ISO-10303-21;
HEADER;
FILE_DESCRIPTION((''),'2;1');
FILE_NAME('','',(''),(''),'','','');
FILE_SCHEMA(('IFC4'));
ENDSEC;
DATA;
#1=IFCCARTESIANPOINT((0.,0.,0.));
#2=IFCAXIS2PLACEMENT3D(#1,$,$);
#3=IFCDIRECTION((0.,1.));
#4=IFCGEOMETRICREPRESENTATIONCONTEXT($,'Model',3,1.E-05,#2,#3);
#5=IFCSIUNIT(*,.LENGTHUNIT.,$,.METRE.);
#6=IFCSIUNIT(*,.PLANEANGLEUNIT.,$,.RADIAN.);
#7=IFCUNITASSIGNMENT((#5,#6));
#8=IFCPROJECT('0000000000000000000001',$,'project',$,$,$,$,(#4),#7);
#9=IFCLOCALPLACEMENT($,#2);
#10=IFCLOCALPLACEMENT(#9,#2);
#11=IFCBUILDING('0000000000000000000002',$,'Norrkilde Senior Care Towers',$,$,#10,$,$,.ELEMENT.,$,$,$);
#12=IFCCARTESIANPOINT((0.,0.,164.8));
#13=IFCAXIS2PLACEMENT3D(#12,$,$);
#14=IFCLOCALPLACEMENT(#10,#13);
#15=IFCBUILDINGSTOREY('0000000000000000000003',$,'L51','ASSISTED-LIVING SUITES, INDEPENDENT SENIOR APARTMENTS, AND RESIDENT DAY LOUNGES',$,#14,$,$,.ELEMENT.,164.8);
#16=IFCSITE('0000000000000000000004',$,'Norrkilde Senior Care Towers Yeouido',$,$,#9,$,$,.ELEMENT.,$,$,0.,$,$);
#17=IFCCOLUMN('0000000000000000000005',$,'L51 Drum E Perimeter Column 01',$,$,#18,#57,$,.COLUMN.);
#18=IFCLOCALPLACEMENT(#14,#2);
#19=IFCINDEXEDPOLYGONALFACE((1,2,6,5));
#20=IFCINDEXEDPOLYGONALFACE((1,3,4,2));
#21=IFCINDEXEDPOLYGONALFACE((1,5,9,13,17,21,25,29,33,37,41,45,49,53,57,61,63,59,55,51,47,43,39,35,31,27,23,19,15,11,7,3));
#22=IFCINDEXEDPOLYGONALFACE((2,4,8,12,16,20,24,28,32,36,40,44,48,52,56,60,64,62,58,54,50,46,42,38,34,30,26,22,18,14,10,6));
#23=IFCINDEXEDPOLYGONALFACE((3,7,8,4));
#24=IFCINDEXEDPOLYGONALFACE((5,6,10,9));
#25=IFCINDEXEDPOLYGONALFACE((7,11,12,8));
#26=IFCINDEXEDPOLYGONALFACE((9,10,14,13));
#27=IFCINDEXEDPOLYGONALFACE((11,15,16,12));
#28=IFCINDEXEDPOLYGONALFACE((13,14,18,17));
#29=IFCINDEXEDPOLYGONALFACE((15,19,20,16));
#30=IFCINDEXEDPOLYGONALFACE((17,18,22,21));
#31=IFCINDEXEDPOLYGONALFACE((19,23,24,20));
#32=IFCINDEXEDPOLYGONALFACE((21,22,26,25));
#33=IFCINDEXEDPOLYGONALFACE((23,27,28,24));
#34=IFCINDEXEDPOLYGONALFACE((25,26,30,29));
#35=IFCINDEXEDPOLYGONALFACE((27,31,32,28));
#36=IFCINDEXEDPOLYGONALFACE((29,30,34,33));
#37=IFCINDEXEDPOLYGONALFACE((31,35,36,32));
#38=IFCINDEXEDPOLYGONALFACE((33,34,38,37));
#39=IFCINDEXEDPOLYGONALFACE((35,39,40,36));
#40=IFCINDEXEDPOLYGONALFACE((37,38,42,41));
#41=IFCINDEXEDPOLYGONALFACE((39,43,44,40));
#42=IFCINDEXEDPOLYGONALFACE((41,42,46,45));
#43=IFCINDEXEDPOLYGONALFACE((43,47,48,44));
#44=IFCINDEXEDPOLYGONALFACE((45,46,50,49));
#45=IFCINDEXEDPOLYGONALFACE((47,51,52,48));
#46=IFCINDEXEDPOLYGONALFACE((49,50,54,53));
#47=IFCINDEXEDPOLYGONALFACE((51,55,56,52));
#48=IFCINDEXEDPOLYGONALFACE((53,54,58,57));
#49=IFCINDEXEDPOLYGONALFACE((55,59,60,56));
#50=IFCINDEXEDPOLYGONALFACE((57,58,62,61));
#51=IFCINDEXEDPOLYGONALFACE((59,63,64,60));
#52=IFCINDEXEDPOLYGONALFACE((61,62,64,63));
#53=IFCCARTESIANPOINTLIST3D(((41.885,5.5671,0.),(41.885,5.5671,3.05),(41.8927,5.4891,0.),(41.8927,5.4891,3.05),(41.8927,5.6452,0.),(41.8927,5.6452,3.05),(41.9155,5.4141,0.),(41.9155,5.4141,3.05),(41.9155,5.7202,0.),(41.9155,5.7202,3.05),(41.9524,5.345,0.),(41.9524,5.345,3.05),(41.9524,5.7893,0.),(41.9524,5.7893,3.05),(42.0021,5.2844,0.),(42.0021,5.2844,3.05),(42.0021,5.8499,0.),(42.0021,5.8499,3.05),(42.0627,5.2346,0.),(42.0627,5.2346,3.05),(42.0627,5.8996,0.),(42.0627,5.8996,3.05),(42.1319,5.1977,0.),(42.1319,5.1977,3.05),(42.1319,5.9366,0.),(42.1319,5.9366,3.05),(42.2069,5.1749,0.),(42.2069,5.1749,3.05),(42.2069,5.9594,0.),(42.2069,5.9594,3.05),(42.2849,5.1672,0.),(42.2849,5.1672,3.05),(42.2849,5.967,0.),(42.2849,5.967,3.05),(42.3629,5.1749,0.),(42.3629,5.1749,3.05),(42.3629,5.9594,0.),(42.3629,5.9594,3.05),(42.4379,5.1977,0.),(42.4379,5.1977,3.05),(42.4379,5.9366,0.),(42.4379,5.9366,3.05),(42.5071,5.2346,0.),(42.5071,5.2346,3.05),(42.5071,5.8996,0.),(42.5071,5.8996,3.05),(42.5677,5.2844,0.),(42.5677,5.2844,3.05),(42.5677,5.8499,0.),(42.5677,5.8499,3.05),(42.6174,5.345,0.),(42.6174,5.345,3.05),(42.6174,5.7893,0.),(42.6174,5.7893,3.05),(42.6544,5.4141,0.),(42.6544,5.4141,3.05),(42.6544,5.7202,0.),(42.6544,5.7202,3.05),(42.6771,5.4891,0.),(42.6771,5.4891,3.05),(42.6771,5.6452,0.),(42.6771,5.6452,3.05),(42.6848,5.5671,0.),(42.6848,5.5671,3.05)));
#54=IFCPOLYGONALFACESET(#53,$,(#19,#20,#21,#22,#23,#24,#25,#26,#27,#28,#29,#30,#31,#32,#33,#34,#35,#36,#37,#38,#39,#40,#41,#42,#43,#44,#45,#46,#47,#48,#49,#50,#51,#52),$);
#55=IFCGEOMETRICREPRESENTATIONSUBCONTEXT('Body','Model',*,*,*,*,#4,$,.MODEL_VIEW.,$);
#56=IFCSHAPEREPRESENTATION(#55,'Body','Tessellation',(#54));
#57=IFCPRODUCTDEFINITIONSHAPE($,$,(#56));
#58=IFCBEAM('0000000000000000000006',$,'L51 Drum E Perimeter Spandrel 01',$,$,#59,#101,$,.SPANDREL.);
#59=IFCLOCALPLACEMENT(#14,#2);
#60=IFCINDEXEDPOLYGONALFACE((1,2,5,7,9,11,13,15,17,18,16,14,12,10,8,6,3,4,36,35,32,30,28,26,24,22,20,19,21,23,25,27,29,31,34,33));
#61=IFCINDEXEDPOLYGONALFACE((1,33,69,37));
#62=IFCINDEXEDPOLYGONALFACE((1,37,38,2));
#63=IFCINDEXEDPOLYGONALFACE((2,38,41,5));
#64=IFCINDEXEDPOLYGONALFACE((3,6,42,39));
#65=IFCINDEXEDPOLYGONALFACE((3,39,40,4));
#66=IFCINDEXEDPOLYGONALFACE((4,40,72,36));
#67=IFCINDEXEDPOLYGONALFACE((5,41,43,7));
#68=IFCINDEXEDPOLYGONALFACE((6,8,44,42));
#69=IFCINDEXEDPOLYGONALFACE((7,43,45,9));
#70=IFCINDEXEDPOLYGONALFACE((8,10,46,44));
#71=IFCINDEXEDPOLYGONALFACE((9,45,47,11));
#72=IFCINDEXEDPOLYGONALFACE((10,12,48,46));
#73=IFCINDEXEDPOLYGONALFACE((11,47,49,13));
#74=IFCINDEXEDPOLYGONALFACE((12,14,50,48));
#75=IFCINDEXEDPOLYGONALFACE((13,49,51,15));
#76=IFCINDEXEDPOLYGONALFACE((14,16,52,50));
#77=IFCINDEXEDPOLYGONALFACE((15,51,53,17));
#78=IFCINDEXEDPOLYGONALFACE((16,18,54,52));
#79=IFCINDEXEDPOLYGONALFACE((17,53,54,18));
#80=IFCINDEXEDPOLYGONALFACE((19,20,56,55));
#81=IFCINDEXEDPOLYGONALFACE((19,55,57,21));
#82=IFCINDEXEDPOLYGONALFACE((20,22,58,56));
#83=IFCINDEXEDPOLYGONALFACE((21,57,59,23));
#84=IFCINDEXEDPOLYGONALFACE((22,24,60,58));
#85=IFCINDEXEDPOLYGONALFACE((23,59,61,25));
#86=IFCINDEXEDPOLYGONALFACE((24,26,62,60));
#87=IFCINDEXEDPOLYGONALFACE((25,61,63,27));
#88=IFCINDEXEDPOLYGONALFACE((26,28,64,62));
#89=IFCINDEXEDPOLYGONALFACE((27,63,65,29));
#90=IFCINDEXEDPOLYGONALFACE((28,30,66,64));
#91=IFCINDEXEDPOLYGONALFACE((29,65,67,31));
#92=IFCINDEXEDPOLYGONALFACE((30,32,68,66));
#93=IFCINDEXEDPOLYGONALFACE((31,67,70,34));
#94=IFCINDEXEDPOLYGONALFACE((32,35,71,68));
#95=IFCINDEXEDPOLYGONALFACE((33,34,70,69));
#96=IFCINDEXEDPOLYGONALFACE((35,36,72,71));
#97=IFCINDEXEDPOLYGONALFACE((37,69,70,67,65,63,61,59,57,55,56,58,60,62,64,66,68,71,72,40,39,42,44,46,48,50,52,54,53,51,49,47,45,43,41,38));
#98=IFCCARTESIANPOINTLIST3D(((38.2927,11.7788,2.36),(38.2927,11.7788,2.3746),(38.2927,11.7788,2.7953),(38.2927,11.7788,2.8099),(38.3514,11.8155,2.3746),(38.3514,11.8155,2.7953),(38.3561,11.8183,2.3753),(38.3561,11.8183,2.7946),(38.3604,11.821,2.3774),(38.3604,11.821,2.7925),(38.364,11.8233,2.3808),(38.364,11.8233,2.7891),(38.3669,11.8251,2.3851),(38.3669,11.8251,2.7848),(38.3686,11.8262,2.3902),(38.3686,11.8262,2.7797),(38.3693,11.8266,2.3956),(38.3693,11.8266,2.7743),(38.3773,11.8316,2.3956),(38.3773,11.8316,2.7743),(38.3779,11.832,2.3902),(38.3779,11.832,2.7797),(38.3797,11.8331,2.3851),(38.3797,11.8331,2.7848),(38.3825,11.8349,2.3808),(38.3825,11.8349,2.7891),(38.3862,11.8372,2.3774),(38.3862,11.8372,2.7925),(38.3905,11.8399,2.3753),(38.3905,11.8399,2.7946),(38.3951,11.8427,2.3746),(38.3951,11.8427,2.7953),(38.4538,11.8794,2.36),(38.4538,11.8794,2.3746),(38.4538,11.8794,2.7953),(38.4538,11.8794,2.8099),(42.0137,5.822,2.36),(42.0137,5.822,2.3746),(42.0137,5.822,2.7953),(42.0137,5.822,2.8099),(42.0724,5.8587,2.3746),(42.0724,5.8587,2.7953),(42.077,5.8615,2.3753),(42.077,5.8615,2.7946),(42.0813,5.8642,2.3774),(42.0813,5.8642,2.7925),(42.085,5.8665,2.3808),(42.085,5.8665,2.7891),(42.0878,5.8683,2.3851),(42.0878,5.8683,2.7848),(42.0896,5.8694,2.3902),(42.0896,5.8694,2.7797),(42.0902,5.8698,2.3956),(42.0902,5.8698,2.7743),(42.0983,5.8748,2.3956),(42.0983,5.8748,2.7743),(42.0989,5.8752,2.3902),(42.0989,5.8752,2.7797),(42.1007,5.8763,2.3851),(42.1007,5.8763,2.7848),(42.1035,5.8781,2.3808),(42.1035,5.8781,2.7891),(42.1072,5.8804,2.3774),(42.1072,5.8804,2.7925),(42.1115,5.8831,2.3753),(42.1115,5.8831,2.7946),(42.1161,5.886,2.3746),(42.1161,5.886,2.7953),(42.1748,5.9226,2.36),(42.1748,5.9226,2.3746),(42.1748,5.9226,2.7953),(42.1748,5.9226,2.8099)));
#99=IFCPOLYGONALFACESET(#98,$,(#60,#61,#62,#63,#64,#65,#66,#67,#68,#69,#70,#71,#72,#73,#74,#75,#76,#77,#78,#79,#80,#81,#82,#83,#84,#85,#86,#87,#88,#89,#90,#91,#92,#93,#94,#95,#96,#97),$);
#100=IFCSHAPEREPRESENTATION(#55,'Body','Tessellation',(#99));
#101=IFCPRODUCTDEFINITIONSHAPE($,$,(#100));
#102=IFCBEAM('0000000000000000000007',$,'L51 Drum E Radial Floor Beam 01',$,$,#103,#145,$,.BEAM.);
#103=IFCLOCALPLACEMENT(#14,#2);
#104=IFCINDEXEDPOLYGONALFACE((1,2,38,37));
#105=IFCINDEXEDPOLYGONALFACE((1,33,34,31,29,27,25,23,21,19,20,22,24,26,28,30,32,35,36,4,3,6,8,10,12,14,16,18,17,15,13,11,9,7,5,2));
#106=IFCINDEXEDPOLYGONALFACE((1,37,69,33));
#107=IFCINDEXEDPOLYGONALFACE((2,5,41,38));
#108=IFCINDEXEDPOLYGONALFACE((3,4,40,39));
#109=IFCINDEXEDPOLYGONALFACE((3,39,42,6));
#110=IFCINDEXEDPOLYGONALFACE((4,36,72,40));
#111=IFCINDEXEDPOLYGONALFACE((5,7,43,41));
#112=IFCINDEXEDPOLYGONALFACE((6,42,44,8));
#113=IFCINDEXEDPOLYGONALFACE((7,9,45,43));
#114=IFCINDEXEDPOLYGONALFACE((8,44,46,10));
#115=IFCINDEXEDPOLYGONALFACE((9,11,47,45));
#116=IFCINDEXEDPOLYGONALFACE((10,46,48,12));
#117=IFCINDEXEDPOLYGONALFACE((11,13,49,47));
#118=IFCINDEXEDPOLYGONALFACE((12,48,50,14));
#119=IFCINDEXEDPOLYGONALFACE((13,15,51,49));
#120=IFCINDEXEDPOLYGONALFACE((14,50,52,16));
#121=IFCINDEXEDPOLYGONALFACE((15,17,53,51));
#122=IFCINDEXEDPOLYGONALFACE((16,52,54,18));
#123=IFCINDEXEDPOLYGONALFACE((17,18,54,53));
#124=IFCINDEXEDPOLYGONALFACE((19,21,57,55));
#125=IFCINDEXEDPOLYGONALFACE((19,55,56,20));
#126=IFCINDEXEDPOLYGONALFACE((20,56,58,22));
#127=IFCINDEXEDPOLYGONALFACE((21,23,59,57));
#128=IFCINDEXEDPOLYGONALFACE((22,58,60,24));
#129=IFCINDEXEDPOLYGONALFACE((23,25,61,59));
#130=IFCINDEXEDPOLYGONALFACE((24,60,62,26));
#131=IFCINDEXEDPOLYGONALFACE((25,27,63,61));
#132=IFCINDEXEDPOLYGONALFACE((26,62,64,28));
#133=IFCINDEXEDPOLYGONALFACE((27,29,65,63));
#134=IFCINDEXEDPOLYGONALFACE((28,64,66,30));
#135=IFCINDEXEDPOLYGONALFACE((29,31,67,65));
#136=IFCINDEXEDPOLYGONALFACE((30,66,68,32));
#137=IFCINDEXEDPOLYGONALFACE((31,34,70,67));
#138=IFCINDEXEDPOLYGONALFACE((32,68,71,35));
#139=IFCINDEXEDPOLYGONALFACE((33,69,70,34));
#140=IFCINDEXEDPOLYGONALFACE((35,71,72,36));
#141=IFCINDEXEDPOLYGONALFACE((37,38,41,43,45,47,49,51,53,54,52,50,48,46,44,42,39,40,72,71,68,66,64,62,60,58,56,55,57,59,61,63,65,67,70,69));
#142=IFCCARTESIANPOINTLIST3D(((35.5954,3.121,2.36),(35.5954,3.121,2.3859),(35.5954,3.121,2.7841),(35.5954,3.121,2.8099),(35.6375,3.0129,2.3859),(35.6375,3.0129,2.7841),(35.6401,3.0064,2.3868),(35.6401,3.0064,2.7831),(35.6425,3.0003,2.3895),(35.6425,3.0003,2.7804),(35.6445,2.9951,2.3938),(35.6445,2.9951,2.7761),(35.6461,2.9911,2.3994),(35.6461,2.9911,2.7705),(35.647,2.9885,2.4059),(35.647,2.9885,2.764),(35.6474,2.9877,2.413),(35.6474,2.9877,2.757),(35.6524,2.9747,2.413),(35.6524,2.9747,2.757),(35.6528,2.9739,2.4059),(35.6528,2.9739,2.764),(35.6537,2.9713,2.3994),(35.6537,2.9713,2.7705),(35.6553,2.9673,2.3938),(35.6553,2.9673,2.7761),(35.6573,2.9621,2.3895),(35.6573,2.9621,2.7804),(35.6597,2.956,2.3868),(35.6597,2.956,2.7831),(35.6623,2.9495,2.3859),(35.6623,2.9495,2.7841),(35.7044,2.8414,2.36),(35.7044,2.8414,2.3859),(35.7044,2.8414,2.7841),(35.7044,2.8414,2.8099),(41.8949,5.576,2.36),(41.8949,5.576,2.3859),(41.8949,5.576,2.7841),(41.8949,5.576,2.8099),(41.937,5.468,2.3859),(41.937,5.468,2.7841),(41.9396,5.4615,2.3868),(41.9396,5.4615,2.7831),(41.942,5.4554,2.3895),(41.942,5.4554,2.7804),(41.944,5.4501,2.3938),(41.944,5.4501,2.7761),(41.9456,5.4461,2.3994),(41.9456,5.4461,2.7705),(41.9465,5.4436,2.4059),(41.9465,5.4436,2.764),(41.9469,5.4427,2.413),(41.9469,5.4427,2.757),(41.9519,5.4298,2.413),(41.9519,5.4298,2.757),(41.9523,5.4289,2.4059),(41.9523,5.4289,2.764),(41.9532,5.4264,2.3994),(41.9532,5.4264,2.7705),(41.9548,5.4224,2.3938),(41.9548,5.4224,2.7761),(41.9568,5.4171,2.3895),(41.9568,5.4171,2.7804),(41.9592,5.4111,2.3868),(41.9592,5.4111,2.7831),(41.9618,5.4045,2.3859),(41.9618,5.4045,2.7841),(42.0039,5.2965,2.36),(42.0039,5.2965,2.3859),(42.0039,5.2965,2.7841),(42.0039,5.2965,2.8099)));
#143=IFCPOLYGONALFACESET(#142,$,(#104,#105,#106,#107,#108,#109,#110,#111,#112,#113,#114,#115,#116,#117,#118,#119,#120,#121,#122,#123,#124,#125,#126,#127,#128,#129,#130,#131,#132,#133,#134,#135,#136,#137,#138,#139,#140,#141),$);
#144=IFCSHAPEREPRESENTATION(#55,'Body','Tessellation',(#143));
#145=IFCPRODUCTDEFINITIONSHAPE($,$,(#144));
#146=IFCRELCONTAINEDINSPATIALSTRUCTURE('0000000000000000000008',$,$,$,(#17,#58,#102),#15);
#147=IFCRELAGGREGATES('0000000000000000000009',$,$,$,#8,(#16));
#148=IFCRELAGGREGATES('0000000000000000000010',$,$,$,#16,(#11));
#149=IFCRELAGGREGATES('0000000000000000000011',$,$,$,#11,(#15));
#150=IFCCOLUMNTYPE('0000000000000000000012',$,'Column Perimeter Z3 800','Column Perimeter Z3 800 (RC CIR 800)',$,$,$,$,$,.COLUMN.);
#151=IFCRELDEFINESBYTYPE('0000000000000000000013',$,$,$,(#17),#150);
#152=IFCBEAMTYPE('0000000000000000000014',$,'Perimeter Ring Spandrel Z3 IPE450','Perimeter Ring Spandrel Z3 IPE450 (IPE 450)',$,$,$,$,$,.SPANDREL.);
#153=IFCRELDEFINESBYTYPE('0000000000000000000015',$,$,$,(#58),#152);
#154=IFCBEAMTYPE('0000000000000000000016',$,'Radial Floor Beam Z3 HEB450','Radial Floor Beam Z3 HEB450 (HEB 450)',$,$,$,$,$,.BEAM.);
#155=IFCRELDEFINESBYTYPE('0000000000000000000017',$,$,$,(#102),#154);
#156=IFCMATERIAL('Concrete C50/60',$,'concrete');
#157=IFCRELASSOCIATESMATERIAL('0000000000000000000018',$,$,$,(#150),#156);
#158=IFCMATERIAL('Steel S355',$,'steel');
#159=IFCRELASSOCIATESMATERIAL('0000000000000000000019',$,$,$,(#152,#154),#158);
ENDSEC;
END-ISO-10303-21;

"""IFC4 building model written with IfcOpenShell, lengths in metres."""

from ifc_helpers import new_model, si_unit, direction, frame, origin, origin_2d, place, context, subcontext, project, spatial, circle, i_section, extrude, source, transform, mapped, material, material_profile, profile_set, type_object, type_shapes, element, save


model = new_model("IFC4")

# Units and contexts
model_context = context("Model", 3, precision=1e-05, world=origin(), true_north=direction((0.0, 1.0)))
body_context = subcontext(model_context, "Body", "Model", "MODEL_VIEW")
ifc_project = project(units=[si_unit("LENGTHUNIT", "METRE"), si_unit("PLANEANGLEUNIT", "RADIAN")], contexts=[model_context])

# Site, building, storey
site_placement = place(None, origin())
site = spatial("IfcSite", under=ifc_project, at=site_placement, Name="Norrkilde Senior Care Towers Yeouido", CompositionType="ELEMENT", RefElevation=0.0)
building_placement = place(site_placement, origin())
building = spatial("IfcBuilding", under=site, at=building_placement, Name="Norrkilde Senior Care Towers", CompositionType="ELEMENT")
storey_placement = place(building_placement, frame((0.0, 0.0, 164.8)))
storey = spatial("IfcBuildingStorey", under=building, at=storey_placement, Name="L51", Description="ASSISTED-LIVING SUITES, INDEPENDENT SENIOR APARTMENTS, AND RESIDENT DAY LOUNGES", CompositionType="ELEMENT", Elevation=164.8)

# Column
ifc_material_1 = material(Name="Concrete C50/60", Category="concrete")
ifc_material_profile_1 = material_profile(ifc_material_1, circle(Radius=0.3999, at=origin_2d()), Name="RC CIR 800")
ifc_profile_set_1 = profile_set([ifc_material_profile_1], Name="Concrete C50/60")
column_type = type_object("IfcColumnType", Name="Column Perimeter Z3 800", Description="Column Perimeter Z3 800 (RC CIR 800)", PredefinedType="COLUMN", material=ifc_profile_set_1)
shared_shape_1 = source(origin(), body_context, "Body", "SweptSolid", [
    extrude(circle(Radius=0.3999, at=origin_2d()), origin(), (0.0, 0.0, 1.0), 3.05),
])
type_shapes(column_type, [shared_shape_1])
column_placement = place(storey_placement, frame((42.2849, 5.5671, 0.0), z_axis=(0.0, 0.0, 1.0), x_axis=(1.0, 0.0, 0.0)))
element("IfcColumn", 1, at=column_placement, inside=storey, type_object=column_type, Name="L51 Drum E Perimeter Column 01", PredefinedType="COLUMN", context=body_context, shape_type="MappedRepresentation", body=[
    mapped(shared_shape_1, transform((0.0, 0.0, 0.0), x_axis=(1.0, 0.0, 0.0), y_axis=(0.0, 1.0, 0.0), z_axis=(0.0, 0.0, 1.0), scale=1.0)),
])

# Beams
ifc_material_2 = material(Name="Steel S355", Category="steel")
ifc_material_profile_2 = material_profile(ifc_material_2, i_section(OverallWidth=0.1899, OverallDepth=0.45, WebThickness=0.0095, FlangeThickness=0.0146, FilletRadius=0.021, at=origin_2d()), Name="IPE 450")
ifc_profile_set_2 = profile_set([ifc_material_profile_2], Name="Steel S355")
beam_type_1 = type_object("IfcBeamType", Name="Perimeter Ring Spandrel Z3 IPE450", Description="Perimeter Ring Spandrel Z3 IPE450 (IPE 450)", PredefinedType="SPANDREL", material=ifc_profile_set_2)
shared_shape_2 = source(origin(), body_context, "Body", "SweptSolid", [
    extrude(i_section(OverallWidth=0.1899, OverallDepth=0.45, WebThickness=0.0095, FlangeThickness=0.0146, FilletRadius=0.021, at=origin_2d()), origin(), (0.0, 0.0, 1.0), 7.0234),
])
type_shapes(beam_type_1, [shared_shape_2])
beam_1_placement = place(storey_placement, frame((42.0942, 5.8723, 2.585), z_axis=(-0.52979, 0.848129, 0.0), x_axis=(-0.848129, -0.52979, 0.0)))
element("IfcBeam", 2, at=beam_1_placement, inside=storey, type_object=beam_type_1, Name="L51 Drum E Perimeter Spandrel 01", PredefinedType="SPANDREL", context=body_context, shape_type="MappedRepresentation", body=[
    mapped(shared_shape_2, transform((0.0, 0.0, 0.0), x_axis=(1.0, 0.0, 0.0), y_axis=(0.0, 1.0, 0.0), z_axis=(0.0, 0.0, 1.0), scale=1.0)),
])
ifc_material_profile_3 = material_profile(ifc_material_2, i_section(OverallWidth=0.3, OverallDepth=0.45, WebThickness=0.0139, FlangeThickness=0.0259, FilletRadius=0.0271, at=origin_2d()), Name="HEB 450")
ifc_profile_set_3 = profile_set([ifc_material_profile_3], Name="Steel S355")
beam_type_2 = type_object("IfcBeamType", Name="Radial Floor Beam Z3 HEB450", Description="Radial Floor Beam Z3 HEB450 (HEB 450)", PredefinedType="BEAM", material=ifc_profile_set_3)
shared_shape_3 = source(origin(), body_context, "Body", "SweptSolid", [
    extrude(i_section(OverallWidth=0.3, OverallDepth=0.45, WebThickness=0.0139, FlangeThickness=0.0259, FilletRadius=0.0271, at=origin_2d()), origin(), (0.0, 0.0, 1.0), 6.761),
])
type_shapes(beam_type_2, [shared_shape_3])
beam_2_placement = place(storey_placement, frame((35.6499, 2.9812, 2.585), z_axis=(0.931742, 0.363121, 0.0), x_axis=(-0.363121, 0.931742, 0.0)))
element("IfcBeam", 3, at=beam_2_placement, inside=storey, type_object=beam_type_2, Name="L51 Drum E Radial Floor Beam 01", PredefinedType="BEAM", context=body_context, shape_type="MappedRepresentation", body=[
    mapped(shared_shape_3, transform((0.0, 0.0, 0.0), x_axis=(1.0, 0.0, 0.0), y_axis=(0.0, 1.0, 0.0), z_axis=(0.0, 0.0, 1.0), scale=1.0)),
])

save(model, "model.ifc")
